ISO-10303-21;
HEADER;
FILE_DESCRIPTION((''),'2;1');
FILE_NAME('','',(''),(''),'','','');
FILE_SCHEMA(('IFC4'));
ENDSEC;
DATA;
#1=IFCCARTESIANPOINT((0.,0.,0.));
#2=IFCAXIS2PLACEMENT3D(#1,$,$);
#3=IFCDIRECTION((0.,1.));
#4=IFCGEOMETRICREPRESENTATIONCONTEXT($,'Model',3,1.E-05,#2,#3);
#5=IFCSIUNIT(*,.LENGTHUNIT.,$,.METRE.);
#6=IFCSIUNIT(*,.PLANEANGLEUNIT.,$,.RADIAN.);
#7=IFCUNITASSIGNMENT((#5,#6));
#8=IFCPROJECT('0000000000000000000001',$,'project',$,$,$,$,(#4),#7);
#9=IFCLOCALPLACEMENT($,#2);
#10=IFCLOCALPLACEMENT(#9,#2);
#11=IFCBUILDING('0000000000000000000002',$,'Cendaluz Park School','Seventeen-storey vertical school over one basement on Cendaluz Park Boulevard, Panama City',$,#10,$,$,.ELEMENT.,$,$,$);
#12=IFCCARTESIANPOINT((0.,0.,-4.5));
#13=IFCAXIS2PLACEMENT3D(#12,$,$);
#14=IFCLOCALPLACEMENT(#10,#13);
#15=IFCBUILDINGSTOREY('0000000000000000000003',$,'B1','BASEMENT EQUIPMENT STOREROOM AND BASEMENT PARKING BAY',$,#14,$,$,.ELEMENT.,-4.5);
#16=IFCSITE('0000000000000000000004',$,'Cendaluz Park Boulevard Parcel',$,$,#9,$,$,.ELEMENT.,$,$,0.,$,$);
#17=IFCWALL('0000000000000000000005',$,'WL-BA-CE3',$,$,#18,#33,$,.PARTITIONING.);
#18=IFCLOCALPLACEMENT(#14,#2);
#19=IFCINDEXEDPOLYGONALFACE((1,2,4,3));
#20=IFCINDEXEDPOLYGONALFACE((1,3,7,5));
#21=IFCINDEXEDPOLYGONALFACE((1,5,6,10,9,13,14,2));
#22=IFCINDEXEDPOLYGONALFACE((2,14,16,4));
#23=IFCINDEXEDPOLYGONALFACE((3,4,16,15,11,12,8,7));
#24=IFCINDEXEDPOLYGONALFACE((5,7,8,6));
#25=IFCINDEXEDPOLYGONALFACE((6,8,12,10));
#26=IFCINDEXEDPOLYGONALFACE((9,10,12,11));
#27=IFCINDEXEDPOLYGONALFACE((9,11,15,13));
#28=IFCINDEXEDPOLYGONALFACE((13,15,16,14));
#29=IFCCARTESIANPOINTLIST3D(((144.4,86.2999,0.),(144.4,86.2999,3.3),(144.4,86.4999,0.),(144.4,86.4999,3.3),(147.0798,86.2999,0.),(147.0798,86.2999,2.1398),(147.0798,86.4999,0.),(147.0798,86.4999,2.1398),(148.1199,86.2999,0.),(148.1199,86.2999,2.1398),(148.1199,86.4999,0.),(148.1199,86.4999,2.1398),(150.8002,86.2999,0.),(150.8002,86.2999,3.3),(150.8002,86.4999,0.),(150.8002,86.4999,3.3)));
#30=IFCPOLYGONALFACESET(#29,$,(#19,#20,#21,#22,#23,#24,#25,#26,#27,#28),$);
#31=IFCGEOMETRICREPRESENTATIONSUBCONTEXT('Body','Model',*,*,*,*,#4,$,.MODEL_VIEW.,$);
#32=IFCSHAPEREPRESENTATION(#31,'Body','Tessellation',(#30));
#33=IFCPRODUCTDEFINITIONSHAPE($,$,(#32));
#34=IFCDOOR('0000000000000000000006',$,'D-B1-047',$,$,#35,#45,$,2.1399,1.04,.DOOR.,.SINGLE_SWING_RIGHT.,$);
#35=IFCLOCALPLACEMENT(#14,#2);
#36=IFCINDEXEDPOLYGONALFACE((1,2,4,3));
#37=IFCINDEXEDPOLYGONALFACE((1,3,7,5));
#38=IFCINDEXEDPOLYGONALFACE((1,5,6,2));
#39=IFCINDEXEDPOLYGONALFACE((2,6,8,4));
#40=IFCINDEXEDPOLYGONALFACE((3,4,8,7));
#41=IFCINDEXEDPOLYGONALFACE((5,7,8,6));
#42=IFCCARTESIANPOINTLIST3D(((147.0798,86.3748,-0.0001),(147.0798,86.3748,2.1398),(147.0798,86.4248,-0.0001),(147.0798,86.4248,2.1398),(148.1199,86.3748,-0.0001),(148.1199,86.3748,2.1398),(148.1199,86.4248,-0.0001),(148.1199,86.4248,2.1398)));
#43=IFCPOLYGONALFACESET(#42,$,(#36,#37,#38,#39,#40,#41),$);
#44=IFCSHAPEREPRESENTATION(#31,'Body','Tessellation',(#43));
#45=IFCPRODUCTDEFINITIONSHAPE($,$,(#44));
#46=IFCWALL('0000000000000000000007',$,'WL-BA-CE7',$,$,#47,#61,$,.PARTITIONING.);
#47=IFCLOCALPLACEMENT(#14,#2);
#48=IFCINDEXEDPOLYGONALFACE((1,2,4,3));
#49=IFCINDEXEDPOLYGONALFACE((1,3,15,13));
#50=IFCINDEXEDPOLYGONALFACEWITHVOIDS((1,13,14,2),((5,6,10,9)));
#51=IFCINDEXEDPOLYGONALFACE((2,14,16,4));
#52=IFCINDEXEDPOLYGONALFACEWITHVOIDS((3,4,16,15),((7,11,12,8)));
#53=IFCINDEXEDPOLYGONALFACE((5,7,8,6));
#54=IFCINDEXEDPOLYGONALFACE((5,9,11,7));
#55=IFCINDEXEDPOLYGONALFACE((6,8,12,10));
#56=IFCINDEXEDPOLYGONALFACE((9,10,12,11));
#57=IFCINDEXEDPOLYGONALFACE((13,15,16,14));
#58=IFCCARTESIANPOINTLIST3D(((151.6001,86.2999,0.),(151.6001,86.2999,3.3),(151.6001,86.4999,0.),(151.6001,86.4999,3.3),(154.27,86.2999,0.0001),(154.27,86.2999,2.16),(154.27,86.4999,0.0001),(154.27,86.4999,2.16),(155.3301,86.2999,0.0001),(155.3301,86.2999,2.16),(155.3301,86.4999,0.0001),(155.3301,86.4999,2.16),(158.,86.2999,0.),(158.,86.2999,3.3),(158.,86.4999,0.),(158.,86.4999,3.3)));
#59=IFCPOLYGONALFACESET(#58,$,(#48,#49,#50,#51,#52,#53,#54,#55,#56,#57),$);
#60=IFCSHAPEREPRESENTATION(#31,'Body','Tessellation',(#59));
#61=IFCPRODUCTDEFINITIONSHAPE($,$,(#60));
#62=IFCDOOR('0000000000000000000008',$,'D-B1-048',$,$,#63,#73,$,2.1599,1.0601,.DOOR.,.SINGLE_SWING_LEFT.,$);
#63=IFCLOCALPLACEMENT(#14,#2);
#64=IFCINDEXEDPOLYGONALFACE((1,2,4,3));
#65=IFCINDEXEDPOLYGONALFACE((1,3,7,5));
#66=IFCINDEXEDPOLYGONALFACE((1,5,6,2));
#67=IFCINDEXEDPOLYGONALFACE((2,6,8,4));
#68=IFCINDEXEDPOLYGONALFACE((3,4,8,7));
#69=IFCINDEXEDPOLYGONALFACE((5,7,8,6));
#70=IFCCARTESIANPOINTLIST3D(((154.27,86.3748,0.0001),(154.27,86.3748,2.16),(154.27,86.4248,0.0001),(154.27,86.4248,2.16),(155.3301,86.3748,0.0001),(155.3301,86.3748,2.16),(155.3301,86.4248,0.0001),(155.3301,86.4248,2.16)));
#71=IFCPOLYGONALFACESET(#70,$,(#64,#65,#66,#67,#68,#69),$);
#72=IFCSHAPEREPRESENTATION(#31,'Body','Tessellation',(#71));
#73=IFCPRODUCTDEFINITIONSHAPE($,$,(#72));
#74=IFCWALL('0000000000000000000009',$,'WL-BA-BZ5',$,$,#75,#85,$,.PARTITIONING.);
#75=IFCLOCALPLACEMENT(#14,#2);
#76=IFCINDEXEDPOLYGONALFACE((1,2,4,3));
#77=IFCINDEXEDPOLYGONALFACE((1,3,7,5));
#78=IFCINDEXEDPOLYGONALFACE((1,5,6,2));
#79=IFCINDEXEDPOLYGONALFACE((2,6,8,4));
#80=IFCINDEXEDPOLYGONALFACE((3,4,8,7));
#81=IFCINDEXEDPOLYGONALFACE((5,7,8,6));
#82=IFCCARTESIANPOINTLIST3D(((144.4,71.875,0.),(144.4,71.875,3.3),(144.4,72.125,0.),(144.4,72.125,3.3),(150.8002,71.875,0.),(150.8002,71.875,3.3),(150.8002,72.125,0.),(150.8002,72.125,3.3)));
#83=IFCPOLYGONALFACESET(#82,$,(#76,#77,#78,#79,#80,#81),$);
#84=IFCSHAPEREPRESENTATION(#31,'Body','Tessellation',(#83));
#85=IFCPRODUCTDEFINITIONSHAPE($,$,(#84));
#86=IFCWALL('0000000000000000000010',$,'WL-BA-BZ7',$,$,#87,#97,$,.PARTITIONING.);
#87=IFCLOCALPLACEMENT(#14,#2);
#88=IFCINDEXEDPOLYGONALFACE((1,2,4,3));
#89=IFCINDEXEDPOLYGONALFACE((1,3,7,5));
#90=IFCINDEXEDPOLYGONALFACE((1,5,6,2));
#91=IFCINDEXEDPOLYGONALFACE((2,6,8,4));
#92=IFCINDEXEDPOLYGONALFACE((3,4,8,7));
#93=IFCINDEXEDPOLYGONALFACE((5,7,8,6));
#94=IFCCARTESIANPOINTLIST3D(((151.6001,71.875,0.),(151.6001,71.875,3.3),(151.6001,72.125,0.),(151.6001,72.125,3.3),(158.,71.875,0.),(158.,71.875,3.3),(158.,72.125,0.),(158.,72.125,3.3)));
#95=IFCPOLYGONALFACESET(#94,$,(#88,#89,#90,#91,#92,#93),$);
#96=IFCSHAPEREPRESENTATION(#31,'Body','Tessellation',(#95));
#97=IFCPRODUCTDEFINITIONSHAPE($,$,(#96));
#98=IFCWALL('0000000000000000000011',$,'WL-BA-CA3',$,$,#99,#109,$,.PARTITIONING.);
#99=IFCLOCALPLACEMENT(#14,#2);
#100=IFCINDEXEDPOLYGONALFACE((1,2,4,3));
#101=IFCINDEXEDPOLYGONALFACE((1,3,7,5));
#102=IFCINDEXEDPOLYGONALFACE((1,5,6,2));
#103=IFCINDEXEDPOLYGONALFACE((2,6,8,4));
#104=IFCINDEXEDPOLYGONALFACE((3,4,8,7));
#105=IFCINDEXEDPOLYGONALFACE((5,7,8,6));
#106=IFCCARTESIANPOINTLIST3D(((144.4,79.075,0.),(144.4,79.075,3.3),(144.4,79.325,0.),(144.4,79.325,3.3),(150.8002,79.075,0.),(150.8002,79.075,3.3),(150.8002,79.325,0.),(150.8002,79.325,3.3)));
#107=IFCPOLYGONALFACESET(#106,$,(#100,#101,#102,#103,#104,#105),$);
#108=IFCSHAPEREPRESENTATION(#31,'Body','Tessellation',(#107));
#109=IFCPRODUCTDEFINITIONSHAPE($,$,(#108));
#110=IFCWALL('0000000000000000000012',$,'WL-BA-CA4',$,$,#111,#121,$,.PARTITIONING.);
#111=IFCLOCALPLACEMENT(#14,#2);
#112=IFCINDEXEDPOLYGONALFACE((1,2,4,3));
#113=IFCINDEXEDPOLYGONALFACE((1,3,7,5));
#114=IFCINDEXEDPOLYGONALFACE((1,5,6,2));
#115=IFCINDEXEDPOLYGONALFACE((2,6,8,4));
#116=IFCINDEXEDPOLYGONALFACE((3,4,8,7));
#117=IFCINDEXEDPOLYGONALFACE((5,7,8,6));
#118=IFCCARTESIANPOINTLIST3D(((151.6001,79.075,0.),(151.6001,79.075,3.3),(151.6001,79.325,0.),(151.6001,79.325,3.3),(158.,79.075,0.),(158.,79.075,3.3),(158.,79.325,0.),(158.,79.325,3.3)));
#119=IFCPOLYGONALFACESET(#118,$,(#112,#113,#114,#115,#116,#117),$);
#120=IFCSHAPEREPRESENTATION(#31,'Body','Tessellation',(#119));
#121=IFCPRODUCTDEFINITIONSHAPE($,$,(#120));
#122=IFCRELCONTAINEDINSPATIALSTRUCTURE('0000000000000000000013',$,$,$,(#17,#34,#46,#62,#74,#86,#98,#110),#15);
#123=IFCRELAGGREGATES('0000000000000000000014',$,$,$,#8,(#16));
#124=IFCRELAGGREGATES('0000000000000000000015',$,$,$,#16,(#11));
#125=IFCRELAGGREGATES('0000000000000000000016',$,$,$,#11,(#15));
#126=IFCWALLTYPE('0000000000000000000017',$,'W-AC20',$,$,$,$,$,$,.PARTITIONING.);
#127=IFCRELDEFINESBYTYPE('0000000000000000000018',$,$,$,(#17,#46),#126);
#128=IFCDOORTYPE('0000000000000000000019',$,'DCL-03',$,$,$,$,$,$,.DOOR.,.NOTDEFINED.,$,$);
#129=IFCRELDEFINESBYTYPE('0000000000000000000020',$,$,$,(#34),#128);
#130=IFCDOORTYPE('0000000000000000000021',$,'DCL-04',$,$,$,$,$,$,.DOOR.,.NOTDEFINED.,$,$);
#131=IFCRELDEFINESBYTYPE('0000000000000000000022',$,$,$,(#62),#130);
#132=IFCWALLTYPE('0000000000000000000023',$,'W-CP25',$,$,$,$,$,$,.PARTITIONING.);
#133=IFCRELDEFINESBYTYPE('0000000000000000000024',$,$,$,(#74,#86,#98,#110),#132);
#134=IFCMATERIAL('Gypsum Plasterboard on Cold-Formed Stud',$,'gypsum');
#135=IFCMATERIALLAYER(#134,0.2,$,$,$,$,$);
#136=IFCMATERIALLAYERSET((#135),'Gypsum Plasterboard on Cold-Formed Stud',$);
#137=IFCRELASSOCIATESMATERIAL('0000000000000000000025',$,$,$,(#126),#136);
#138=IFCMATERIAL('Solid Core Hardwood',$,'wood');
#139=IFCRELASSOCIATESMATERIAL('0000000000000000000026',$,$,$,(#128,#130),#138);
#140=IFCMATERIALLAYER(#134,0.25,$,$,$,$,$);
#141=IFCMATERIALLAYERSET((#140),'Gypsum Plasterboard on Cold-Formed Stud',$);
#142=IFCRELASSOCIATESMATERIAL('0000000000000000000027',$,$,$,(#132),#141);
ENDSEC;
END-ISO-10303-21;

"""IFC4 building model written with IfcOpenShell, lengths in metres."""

from ifc_helpers import new_model, si_unit, direction, frame, frame_2d, origin, place, context, subcontext, project, spatial, rectangle, extrude, material, layer, layer_set, type_object, element, fill, save


model = new_model("IFC4")

# Units and contexts
model_context = context("Model", 3, precision=1e-05, world=origin(), true_north=direction((0.0, 1.0)))
body_context = subcontext(model_context, "Body", "Model", "MODEL_VIEW")
ifc_project = project(units=[si_unit("LENGTHUNIT", "METRE"), si_unit("PLANEANGLEUNIT", "RADIAN")], contexts=[model_context])

# Site, building, storey
site_placement = place(None, origin())
site = spatial("IfcSite", under=ifc_project, at=site_placement, Name="Cendaluz Park Boulevard Parcel", CompositionType="ELEMENT", RefElevation=0.0)
building_placement = place(site_placement, origin())
building = spatial("IfcBuilding", under=site, at=building_placement, Name="Cendaluz Park School", Description="Seventeen-storey vertical school over one basement on Cendaluz Park Boulevard, Panama City", CompositionType="ELEMENT")
storey_placement = place(building_placement, frame((0.0, 0.0, -4.5)))
storey = spatial("IfcBuildingStorey", under=building, at=storey_placement, Name="B1", Description="BASEMENT EQUIPMENT STOREROOM AND BASEMENT PARKING BAY", CompositionType="ELEMENT", Elevation=-4.5)

# Walls, openings, doors
ifc_material_1 = material(Name="Gypsum Plasterboard on Cold-Formed Stud", Category="gypsum")
ifc_layer_1 = layer(ifc_material_1, 0.2)
ifc_layer_set_1 = layer_set([ifc_layer_1], Name="Gypsum Plasterboard on Cold-Formed Stud")
wall_type_1 = type_object("IfcWallType", Name="W-AC20", PredefinedType="PARTITIONING", material=ifc_layer_set_1)
wall_1_placement = place(storey_placement, frame((144.3999, 86.3999, 0.0), z_axis=(0.0, 0.0, 1.0), x_axis=(1.0, 0.0, 0.0)))
wall_1 = element("IfcWall", 1, at=wall_1_placement, inside=storey, type_object=wall_type_1, Name="WL-BA-CE3", PredefinedType="PARTITIONING", context=body_context, shape_type="SweptSolid", body=[
    extrude(rectangle(XDim=6.4001, YDim=0.2, at=frame_2d((3.2002, 0.0))), origin(), (0.0, 0.0, 1.0), 3.3),
])
opening_1_placement = place(wall_1_placement, frame((2.6799, 0.0, 0.0)))
opening_1 = element("IfcOpeningElement", 2, at=opening_1_placement, cuts=wall_1, PredefinedType="OPENING", context=body_context, shape_type="SweptSolid", body=[
    extrude(rectangle(XDim=1.04, YDim=2.1399, at=frame_2d((0.52, 1.0698))), frame((0.0, 0.1121, 0.0), z_axis=(0.0, -1.0, 0.0), x_axis=(1.0, 0.0, 0.0)), (0.0, 0.0, 1.0), 0.2239),
])
ifc_material_2 = material(Name="Solid Core Hardwood", Category="wood")
door_type_1 = type_object("IfcDoorType", Name="DCL-03", OperationType="NOTDEFINED", PredefinedType="DOOR", material=ifc_material_2)
door_1_placement = place(opening_1_placement, origin())
door_1 = element("IfcDoor", 3, at=door_1_placement, inside=storey, type_object=door_type_1, Name="D-B1-047", OperationType="SINGLE_SWING_RIGHT", OverallHeight=2.1399, OverallWidth=1.04, PredefinedType="DOOR", context=body_context, shape_type="SweptSolid", body=[
    extrude(rectangle(XDim=1.04, YDim=2.1399, at=frame_2d((0.52, 1.0698))), frame((0.0, 0.0249, 0.0), z_axis=(0.0, -1.0, 0.0), x_axis=(1.0, 0.0, 0.0)), (0.0, 0.0, 1.0), 0.05),
])
fill(opening_1, door_1)
wall_2_placement = place(storey_placement, frame((151.6001, 86.3999, 0.0), z_axis=(0.0, 0.0, 1.0), x_axis=(1.0, 0.0, 0.0)))
wall_2 = element("IfcWall", 4, at=wall_2_placement, inside=storey, type_object=wall_type_1, Name="WL-BA-CE7", PredefinedType="PARTITIONING", context=body_context, shape_type="SweptSolid", body=[
    extrude(rectangle(XDim=6.3999, YDim=0.2, at=frame_2d((3.2, 0.0))), origin(), (0.0, 0.0, 1.0), 3.3),
])
opening_2_placement = place(wall_2_placement, frame((2.6699, 0.0, 0.0)))
opening_2 = element("IfcOpeningElement", 5, at=opening_2_placement, cuts=wall_2, PredefinedType="OPENING", context=body_context, shape_type="SweptSolid", body=[
    extrude(rectangle(XDim=1.0601, YDim=2.1599, at=frame_2d((0.53, 1.0801))), frame((0.0, 0.1121, 0.0), z_axis=(0.0, -1.0, 0.0), x_axis=(1.0, 0.0, 0.0)), (0.0, 0.0, 1.0), 0.2239),
])
door_type_2 = type_object("IfcDoorType", Name="DCL-04", OperationType="NOTDEFINED", PredefinedType="DOOR", material=ifc_material_2)
door_2_placement = place(opening_2_placement, origin())
door_2 = element("IfcDoor", 6, at=door_2_placement, inside=storey, type_object=door_type_2, Name="D-B1-048", OperationType="SINGLE_SWING_LEFT", OverallHeight=2.1599, OverallWidth=1.0601, PredefinedType="DOOR", context=body_context, shape_type="SweptSolid", body=[
    extrude(rectangle(XDim=1.0601, YDim=2.1599, at=frame_2d((0.53, 1.0801))), frame((0.0, 0.0249, 0.0), z_axis=(0.0, -1.0, 0.0), x_axis=(1.0, 0.0, 0.0)), (0.0, 0.0, 1.0), 0.05),
])
fill(opening_2, door_2)

# Walls
ifc_layer_2 = layer(ifc_material_1, 0.25)
ifc_layer_set_2 = layer_set([ifc_layer_2], Name="Gypsum Plasterboard on Cold-Formed Stud")
wall_type_2 = type_object("IfcWallType", Name="W-CP25", PredefinedType="PARTITIONING", material=ifc_layer_set_2)
wall_3_placement = place(storey_placement, frame((144.3999, 72.0, 0.0), z_axis=(0.0, 0.0, 1.0), x_axis=(1.0, 0.0, 0.0)))
element("IfcWall", 7, at=wall_3_placement, inside=storey, type_object=wall_type_2, Name="WL-BA-BZ5", PredefinedType="PARTITIONING", context=body_context, shape_type="SweptSolid", body=[
    extrude(rectangle(XDim=6.4001, YDim=0.25, at=frame_2d((3.2002, 0.0))), origin(), (0.0, 0.0, 1.0), 3.3),
])
wall_4_placement = place(storey_placement, frame((151.6001, 72.0, 0.0), z_axis=(0.0, 0.0, 1.0), x_axis=(1.0, 0.0, 0.0)))
element("IfcWall", 8, at=wall_4_placement, inside=storey, type_object=wall_type_2, Name="WL-BA-BZ7", PredefinedType="PARTITIONING", context=body_context, shape_type="SweptSolid", body=[
    extrude(rectangle(XDim=6.3999, YDim=0.25, at=frame_2d((3.2, 0.0))), origin(), (0.0, 0.0, 1.0), 3.3),
])
wall_5_placement = place(storey_placement, frame((144.3999, 79.2, 0.0), z_axis=(0.0, 0.0, 1.0), x_axis=(1.0, 0.0, 0.0)))
element("IfcWall", 9, at=wall_5_placement, inside=storey, type_object=wall_type_2, Name="WL-BA-CA3", PredefinedType="PARTITIONING", context=body_context, shape_type="SweptSolid", body=[
    extrude(rectangle(XDim=6.4001, YDim=0.25, at=frame_2d((3.2002, 0.0))), origin(), (0.0, 0.0, 1.0), 3.3),
])
wall_6_placement = place(storey_placement, frame((151.6001, 79.2, 0.0), z_axis=(0.0, 0.0, 1.0), x_axis=(1.0, 0.0, 0.0)))
element("IfcWall", 10, at=wall_6_placement, inside=storey, type_object=wall_type_2, Name="WL-BA-CA4", PredefinedType="PARTITIONING", context=body_context, shape_type="SweptSolid", body=[
    extrude(rectangle(XDim=6.3999, YDim=0.25, at=frame_2d((3.2, 0.0))), origin(), (0.0, 0.0, 1.0), 3.3),
])

save(model, "model.ifc")
